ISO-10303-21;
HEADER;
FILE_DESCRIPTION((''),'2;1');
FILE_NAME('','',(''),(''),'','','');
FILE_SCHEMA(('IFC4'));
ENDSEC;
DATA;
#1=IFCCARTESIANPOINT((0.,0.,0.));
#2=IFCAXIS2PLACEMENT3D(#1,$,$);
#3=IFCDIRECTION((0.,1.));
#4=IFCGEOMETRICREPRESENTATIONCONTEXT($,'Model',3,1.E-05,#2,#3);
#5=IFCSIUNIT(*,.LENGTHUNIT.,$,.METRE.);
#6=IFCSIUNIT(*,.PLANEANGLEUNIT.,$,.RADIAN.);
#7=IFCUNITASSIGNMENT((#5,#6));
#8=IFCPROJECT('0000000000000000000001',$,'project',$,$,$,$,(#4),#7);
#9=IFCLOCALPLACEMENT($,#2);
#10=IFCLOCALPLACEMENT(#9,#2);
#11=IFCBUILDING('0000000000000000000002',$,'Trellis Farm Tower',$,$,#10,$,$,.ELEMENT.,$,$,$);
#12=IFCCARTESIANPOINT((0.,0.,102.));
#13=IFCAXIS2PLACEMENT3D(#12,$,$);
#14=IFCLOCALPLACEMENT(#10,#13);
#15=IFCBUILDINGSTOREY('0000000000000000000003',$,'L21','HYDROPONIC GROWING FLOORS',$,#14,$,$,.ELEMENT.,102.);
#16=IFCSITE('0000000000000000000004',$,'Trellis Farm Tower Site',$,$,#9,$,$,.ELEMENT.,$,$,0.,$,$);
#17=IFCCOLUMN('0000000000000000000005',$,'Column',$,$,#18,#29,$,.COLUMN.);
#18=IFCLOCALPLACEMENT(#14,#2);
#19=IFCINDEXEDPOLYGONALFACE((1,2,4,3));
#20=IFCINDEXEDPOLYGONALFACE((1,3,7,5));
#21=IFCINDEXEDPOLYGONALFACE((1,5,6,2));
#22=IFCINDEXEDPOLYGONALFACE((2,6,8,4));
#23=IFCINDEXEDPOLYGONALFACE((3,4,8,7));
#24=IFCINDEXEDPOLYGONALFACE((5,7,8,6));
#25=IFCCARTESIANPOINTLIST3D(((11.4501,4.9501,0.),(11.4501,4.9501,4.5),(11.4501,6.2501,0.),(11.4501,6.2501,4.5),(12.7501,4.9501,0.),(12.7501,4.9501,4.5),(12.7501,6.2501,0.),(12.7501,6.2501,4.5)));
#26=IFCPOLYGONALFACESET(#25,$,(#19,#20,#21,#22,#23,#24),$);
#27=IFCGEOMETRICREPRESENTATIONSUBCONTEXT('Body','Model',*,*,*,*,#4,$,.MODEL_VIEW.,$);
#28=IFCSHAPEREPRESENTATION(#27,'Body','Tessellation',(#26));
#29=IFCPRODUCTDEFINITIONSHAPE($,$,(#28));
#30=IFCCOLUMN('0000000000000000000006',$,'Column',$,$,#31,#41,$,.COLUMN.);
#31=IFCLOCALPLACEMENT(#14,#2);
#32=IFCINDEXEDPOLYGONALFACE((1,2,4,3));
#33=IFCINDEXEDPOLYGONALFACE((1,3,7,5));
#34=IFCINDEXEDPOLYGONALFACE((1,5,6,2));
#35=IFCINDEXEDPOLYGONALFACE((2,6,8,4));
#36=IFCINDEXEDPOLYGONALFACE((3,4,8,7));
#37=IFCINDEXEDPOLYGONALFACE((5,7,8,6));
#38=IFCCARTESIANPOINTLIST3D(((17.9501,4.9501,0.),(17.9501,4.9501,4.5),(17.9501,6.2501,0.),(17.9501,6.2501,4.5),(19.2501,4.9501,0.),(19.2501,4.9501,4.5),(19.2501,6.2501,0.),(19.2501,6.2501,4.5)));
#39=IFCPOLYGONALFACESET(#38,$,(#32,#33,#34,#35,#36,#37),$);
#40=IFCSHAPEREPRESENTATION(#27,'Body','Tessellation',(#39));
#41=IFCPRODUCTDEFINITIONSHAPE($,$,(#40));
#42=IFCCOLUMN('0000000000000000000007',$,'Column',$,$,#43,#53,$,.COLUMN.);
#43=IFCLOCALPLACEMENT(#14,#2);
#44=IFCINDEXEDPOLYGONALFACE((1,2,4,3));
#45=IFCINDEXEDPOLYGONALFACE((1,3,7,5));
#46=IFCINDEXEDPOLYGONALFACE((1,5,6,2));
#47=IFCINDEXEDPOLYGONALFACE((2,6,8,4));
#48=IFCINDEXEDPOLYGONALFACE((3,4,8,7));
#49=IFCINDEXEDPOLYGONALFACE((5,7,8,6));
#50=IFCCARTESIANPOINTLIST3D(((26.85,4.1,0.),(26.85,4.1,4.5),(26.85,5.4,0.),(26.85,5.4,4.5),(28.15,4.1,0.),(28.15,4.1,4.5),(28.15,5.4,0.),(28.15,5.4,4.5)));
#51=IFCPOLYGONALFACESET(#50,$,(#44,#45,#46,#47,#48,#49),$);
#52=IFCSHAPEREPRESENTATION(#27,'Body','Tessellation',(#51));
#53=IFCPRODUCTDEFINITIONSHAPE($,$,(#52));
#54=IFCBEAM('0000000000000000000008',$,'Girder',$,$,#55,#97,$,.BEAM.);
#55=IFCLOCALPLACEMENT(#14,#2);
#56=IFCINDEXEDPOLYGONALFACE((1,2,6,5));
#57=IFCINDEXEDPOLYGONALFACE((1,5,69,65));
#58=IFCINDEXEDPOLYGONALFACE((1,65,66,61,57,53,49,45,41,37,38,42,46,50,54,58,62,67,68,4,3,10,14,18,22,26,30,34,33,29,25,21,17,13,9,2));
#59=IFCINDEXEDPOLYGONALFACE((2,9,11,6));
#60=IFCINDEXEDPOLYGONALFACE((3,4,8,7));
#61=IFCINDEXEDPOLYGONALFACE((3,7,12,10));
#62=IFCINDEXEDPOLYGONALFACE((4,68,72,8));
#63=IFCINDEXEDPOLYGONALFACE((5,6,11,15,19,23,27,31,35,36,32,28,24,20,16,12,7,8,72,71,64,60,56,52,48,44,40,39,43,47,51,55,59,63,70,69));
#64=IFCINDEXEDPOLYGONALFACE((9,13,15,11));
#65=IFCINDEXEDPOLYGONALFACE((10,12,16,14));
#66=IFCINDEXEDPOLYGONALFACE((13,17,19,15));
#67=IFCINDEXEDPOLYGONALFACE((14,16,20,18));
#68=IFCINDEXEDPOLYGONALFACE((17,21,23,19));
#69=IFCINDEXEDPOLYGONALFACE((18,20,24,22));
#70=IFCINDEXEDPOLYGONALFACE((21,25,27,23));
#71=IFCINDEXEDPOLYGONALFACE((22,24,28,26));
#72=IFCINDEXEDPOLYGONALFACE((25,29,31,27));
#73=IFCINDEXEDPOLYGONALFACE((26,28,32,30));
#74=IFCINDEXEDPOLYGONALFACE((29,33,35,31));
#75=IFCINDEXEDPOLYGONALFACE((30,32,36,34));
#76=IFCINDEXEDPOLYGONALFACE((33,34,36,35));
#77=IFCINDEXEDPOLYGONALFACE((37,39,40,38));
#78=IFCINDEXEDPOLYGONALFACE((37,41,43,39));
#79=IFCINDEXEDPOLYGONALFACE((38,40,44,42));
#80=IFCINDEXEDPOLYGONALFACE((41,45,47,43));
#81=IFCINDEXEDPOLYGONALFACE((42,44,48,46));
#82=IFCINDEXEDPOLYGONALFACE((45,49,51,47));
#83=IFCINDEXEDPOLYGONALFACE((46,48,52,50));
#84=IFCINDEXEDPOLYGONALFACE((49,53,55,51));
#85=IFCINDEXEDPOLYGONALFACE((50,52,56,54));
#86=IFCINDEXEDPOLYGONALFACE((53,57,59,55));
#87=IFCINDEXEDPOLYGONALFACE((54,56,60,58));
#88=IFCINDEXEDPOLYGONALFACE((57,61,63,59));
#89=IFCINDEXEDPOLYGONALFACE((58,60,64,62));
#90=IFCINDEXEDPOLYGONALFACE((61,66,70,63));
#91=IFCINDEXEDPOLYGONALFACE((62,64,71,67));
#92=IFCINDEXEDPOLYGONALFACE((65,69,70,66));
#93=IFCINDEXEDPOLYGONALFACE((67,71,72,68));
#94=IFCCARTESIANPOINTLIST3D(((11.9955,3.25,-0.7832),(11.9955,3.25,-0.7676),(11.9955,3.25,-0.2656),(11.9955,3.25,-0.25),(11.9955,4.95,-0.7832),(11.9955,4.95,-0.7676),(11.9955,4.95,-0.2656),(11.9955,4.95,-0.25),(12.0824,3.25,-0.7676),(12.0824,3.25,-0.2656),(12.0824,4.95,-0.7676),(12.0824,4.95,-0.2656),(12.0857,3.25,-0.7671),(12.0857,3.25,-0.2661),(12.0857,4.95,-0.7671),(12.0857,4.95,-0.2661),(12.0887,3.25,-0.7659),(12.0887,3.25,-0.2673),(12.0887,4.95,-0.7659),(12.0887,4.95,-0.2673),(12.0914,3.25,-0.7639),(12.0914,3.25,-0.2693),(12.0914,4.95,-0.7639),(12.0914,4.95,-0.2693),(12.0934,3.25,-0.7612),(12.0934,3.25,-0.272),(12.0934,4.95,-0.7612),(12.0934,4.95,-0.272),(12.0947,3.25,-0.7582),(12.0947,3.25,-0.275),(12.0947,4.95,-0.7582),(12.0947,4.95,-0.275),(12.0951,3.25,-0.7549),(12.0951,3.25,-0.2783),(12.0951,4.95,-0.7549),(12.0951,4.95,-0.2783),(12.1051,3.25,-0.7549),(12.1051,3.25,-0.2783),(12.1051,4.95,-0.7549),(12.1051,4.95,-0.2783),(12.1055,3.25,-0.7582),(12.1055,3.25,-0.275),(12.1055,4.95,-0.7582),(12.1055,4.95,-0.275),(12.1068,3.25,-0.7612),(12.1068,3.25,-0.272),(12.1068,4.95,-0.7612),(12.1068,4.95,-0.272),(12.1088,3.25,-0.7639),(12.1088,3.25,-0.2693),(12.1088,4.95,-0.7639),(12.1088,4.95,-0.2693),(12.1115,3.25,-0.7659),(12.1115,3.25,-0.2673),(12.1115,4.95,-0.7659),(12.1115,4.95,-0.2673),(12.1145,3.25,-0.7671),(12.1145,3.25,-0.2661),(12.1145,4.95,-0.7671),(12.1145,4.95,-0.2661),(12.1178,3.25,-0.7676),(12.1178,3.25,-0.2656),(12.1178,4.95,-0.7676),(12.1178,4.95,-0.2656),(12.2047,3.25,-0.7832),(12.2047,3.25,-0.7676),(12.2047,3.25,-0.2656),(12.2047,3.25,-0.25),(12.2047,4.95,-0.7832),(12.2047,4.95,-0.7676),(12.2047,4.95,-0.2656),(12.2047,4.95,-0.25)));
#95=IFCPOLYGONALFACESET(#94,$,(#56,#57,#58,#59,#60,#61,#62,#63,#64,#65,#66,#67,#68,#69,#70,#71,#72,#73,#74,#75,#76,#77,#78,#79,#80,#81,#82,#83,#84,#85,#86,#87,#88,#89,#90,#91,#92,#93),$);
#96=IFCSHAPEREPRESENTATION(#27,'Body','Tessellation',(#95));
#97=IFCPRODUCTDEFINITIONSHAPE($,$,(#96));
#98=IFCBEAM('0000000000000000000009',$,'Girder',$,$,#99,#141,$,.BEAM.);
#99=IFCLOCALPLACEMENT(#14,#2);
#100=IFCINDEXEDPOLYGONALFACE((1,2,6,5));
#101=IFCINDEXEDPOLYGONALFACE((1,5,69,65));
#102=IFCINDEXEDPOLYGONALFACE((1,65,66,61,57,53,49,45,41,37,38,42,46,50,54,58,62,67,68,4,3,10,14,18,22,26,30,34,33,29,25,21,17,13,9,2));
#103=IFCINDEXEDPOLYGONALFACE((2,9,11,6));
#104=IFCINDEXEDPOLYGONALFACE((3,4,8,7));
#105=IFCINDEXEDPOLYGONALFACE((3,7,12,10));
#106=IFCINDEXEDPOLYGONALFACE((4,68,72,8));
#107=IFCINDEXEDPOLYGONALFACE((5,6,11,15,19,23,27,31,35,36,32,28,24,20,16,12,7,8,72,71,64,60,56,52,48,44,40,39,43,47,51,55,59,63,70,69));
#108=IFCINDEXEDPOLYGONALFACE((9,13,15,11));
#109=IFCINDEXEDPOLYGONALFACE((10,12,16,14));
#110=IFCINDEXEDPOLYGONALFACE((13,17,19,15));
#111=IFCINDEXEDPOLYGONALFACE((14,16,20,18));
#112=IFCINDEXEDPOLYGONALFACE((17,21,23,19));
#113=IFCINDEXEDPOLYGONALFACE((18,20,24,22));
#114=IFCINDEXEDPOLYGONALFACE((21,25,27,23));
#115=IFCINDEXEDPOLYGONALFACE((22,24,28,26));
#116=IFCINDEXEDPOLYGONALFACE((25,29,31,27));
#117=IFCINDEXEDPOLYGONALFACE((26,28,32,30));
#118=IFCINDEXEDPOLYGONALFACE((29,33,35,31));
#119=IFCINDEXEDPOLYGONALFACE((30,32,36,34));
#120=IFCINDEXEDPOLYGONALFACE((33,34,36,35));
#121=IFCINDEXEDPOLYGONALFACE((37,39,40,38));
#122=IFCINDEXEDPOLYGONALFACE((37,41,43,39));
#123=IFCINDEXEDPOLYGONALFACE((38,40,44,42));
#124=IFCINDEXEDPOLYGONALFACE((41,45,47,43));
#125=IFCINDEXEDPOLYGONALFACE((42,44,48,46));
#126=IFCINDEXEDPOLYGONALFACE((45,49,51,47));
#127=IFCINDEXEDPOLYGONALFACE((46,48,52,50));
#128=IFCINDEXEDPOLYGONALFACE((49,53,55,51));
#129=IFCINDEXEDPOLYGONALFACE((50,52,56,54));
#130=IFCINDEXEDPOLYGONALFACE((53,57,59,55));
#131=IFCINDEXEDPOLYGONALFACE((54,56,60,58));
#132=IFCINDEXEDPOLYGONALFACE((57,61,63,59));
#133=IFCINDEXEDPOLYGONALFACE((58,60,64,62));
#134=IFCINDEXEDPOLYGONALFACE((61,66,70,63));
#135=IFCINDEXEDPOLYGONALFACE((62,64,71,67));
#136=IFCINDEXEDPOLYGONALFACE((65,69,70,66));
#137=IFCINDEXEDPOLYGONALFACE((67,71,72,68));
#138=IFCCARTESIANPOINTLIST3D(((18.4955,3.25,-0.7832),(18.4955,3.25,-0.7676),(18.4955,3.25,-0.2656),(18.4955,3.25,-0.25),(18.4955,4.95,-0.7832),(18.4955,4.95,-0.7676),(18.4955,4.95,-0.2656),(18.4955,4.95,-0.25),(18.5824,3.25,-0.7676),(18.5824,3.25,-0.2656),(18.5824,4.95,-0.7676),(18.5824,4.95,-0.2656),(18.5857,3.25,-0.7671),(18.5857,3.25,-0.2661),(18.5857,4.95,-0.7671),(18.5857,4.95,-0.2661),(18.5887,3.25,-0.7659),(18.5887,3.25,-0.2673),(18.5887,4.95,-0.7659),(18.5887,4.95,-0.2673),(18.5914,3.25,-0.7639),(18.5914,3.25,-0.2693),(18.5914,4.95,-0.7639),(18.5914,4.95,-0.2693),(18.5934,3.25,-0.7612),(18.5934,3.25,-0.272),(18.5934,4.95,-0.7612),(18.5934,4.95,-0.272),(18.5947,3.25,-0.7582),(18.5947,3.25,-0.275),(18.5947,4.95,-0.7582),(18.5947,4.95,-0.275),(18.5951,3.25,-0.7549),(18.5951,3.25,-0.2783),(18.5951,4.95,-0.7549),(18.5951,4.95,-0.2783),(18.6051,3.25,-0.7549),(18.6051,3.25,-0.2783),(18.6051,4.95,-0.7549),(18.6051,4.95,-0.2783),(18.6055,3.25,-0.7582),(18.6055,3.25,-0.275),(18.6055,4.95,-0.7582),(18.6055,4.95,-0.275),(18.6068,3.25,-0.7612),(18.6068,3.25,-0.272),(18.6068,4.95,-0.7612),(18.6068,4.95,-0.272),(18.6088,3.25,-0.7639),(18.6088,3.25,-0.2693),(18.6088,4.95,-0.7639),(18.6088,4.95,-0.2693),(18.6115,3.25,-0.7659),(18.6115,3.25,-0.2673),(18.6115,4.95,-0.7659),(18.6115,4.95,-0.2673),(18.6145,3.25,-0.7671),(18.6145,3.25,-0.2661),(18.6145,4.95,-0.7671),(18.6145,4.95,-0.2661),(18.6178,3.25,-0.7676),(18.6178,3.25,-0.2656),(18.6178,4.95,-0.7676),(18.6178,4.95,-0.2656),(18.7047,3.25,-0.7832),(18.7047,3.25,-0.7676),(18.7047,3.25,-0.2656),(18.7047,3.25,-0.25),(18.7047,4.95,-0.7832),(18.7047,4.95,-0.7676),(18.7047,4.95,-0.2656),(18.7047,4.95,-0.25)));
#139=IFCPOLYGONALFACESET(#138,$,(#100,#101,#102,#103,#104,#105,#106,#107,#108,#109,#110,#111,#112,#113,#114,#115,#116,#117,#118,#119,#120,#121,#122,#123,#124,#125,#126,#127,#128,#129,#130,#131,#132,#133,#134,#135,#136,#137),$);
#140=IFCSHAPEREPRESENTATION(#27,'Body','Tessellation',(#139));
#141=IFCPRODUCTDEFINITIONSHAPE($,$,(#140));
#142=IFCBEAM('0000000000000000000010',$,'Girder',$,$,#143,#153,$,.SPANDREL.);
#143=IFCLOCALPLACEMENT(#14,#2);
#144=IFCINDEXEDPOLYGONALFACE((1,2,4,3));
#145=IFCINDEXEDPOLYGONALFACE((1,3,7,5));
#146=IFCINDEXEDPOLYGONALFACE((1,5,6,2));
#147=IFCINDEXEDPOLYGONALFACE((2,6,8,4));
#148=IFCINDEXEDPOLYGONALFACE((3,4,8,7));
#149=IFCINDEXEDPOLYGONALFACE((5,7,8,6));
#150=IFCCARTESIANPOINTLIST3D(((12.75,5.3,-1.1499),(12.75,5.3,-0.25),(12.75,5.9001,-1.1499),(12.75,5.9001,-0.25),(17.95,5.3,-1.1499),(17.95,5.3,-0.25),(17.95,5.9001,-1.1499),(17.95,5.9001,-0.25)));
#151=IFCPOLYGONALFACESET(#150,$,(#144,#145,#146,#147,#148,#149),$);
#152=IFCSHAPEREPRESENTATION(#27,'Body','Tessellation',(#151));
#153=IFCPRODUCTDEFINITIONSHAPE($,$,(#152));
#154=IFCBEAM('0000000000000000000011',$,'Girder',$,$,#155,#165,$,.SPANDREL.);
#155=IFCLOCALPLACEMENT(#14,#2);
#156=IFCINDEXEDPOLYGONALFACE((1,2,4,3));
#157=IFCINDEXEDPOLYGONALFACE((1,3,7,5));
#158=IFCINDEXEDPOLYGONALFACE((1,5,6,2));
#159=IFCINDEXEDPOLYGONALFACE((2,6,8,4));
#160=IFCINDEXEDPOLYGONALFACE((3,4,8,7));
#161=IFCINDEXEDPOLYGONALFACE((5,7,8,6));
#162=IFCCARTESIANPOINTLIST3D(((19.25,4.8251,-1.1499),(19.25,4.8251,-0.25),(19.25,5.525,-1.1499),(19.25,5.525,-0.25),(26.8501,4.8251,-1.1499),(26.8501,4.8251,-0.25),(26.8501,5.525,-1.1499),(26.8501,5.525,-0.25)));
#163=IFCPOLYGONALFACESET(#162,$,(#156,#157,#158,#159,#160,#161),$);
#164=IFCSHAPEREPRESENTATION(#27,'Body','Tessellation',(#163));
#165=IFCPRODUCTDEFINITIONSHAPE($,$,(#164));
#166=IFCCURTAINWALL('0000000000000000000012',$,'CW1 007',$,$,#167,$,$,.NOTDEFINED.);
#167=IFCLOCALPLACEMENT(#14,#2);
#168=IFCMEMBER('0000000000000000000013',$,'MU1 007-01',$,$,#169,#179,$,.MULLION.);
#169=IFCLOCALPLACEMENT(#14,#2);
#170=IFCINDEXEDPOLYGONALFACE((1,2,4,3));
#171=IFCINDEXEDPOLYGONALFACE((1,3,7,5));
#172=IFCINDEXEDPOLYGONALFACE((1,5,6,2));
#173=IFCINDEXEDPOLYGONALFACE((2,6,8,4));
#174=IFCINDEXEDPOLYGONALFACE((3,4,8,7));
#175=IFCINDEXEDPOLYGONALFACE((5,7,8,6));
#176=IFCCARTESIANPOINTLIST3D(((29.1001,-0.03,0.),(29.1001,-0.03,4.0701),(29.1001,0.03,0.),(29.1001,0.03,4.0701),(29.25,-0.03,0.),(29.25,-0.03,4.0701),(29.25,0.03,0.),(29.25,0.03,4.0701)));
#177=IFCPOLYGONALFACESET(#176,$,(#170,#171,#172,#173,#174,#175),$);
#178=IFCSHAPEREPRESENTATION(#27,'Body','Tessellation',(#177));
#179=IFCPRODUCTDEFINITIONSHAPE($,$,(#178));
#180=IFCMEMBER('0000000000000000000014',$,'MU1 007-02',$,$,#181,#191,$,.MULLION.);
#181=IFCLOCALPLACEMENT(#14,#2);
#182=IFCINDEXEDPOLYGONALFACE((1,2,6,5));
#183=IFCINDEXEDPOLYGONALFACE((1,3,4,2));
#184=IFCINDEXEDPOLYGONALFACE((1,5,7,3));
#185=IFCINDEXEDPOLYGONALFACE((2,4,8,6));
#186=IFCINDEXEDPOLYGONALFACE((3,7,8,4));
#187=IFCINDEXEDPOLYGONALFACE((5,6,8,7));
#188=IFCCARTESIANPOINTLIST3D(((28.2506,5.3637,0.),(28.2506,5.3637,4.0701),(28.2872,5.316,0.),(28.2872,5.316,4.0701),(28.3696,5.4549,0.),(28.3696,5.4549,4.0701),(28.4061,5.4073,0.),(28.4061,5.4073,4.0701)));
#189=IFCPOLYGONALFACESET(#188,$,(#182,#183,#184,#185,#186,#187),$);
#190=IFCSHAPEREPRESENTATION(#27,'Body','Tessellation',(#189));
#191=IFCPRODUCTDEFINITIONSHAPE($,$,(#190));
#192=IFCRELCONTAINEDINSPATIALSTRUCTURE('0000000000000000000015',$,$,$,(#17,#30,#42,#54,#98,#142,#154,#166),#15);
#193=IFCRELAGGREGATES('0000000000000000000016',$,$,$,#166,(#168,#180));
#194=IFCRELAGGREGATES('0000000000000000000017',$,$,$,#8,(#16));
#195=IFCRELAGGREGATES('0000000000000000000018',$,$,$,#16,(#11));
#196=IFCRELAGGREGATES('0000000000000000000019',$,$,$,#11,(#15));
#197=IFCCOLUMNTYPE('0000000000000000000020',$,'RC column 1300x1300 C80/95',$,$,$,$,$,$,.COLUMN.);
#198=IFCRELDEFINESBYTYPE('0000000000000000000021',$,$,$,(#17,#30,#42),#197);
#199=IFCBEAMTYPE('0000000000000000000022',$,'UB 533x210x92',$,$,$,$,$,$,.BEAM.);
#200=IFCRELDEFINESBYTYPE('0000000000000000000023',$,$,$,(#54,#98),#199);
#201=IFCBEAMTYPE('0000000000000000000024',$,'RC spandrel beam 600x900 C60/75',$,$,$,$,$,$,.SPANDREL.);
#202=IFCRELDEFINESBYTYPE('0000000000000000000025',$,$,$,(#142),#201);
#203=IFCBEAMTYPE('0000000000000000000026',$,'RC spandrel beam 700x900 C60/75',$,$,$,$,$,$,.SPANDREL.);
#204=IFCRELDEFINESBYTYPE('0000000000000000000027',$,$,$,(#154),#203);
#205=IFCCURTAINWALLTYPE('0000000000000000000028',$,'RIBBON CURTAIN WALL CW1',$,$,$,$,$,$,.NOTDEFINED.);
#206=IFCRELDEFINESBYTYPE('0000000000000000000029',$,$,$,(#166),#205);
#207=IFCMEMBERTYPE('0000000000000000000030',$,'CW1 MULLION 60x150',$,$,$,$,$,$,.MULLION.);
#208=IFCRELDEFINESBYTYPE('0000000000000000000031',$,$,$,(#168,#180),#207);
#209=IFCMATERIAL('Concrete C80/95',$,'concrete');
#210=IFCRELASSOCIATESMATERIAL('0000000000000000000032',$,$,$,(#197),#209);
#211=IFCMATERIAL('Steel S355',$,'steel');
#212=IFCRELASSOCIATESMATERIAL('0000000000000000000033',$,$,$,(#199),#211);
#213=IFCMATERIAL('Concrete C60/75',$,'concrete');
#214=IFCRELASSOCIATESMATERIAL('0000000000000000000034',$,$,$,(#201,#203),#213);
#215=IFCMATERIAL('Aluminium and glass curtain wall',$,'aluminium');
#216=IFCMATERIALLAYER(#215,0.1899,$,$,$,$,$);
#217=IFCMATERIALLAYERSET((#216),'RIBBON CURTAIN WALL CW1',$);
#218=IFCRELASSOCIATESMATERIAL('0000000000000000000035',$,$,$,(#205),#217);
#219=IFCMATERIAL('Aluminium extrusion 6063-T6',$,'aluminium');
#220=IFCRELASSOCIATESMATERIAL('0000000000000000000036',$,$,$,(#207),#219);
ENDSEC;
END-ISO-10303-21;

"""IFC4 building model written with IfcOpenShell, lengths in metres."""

from ifc_helpers import new_model, si_unit, direction, frame, origin, origin_2d, place, context, subcontext, project, spatial, rectangle, i_section, extrude, source, transform, mapped, material, layer, layer_set, material_profile, profile_set, type_object, element, aggregate, save


model = new_model("IFC4")

# Units and contexts
model_context = context("Model", 3, precision=1e-05, world=origin(), true_north=direction((0.0, 1.0)))
body_context = subcontext(model_context, "Body", "Model", "MODEL_VIEW")
ifc_project = project(units=[si_unit("LENGTHUNIT", "METRE"), si_unit("PLANEANGLEUNIT", "RADIAN")], contexts=[model_context])

# Site, building, storey
site_placement = place(None, origin())
site = spatial("IfcSite", under=ifc_project, at=site_placement, Name="Trellis Farm Tower Site", CompositionType="ELEMENT", RefElevation=0.0)
building_placement = place(site_placement, origin())
building = spatial("IfcBuilding", under=site, at=building_placement, Name="Trellis Farm Tower", CompositionType="ELEMENT")
storey_placement = place(building_placement, frame((0.0, 0.0, 102.0)))
storey = spatial("IfcBuildingStorey", under=building, at=storey_placement, Name="L21", Description="HYDROPONIC GROWING FLOORS", CompositionType="ELEMENT", Elevation=102.0)

# Columns
ifc_material_1 = material(Name="Concrete C80/95", Category="concrete")
ifc_material_profile_1 = material_profile(ifc_material_1, rectangle(XDim=1.3, YDim=1.3, at=origin_2d()), Name="RC column 1300x1300 C80/95")
ifc_profile_set_1 = profile_set([ifc_material_profile_1], Name="Concrete C80/95")
column_type = type_object("IfcColumnType", Name="RC column 1300x1300 C80/95", PredefinedType="COLUMN", material=ifc_profile_set_1)
shared_shape_1 = source(origin(), body_context, "Body", "SweptSolid", [
    extrude(rectangle(XDim=1.3, YDim=1.3, at=origin_2d()), origin(), (0.0, 0.0, 1.0), 4.5),
])
for number, where, z_axis, x_axis, name in (
    (1, (12.1001, 5.6001, 0.0), (0.0, 0.0, 1.0), (1.0, 0.0, 0.0), "Column"),
    (2, (18.6001, 5.6001, 0.0), (0.0, 0.0, 1.0), (1.0, 0.0, 0.0), "Column"),
    (3, (27.5, 4.75, 0.0), (0.0, 0.0, 1.0), (1.0, 0.0, 0.0), "Column"),
):
    element("IfcColumn", number, at=place(storey_placement, frame(where, z_axis=z_axis, x_axis=x_axis)), inside=storey, type_object=column_type, Name=name, PredefinedType="COLUMN", context=body_context, shape_type="MappedRepresentation", body=[
        mapped(shared_shape_1, transform((0.0, 0.0, 0.0))),
    ])

# Beams
ifc_material_2 = material(Name="Steel S355", Category="steel")
ifc_material_profile_2 = material_profile(ifc_material_2, i_section(OverallWidth=0.2092, OverallDepth=0.5332, WebThickness=0.01, FlangeThickness=0.0156, FilletRadius=0.0127, at=origin_2d()), Name="UB 533x210x92")
ifc_profile_set_2 = profile_set([ifc_material_profile_2], Name="Steel S355")
beam_type_1 = type_object("IfcBeamType", Name="UB 533x210x92", PredefinedType="BEAM", material=ifc_profile_set_2)
shared_shape_2 = source(origin(), body_context, "Body", "SweptSolid", [
    extrude(i_section(OverallWidth=0.2092, OverallDepth=0.5332, WebThickness=0.01, FlangeThickness=0.0156, FilletRadius=0.0127, at=origin_2d()), origin(), (0.0, 0.0, 1.0), 1.7),
])
for number, where, z_axis, x_axis, name in (
    (4, (12.1001, 3.25, -0.5166), (0.0, 1.0, 0.0), (-1.0, 0.0, 0.0), "Girder"),
    (5, (18.6001, 3.25, -0.5166), (0.0, 1.0, 0.0), (-1.0, 0.0, 0.0), "Girder"),
):
    element("IfcBeam", number, at=place(storey_placement, frame(where, z_axis=z_axis, x_axis=x_axis)), inside=storey, type_object=beam_type_1, Name=name, PredefinedType="BEAM", context=body_context, shape_type="MappedRepresentation", body=[
        mapped(shared_shape_2, transform((0.0, 0.0, 0.0))),
    ])
ifc_material_3 = material(Name="Concrete C60/75", Category="concrete")
ifc_material_profile_3 = material_profile(ifc_material_3, rectangle(XDim=0.6001, YDim=0.8999, at=origin_2d()), Name="RC spandrel beam 600x900 C60/75")
ifc_profile_set_3 = profile_set([ifc_material_profile_3], Name="Concrete C60/75")
beam_type_2 = type_object("IfcBeamType", Name="RC spandrel beam 600x900 C60/75", PredefinedType="SPANDREL", material=ifc_profile_set_3)
shared_shape_3 = source(origin(), body_context, "Body", "SweptSolid", [
    extrude(rectangle(XDim=0.6001, YDim=0.8999, at=origin_2d()), origin(), (0.0, 0.0, 1.0), 5.2),
])
beam_1_placement = place(storey_placement, frame((12.75, 5.6001, -0.7), z_axis=(1.0, 0.0, 0.0), x_axis=(0.0, 1.0, 0.0)))
element("IfcBeam", 6, at=beam_1_placement, inside=storey, type_object=beam_type_2, Name="Girder", PredefinedType="SPANDREL", context=body_context, shape_type="MappedRepresentation", body=[
    mapped(shared_shape_3, transform((0.0, 0.0, 0.0))),
])
ifc_material_profile_4 = material_profile(ifc_material_3, rectangle(XDim=0.7, YDim=0.8999, at=origin_2d()), Name="RC spandrel beam 700x900 C60/75")
ifc_profile_set_4 = profile_set([ifc_material_profile_4], Name="Concrete C60/75")
beam_type_3 = type_object("IfcBeamType", Name="RC spandrel beam 700x900 C60/75", PredefinedType="SPANDREL", material=ifc_profile_set_4)
shared_shape_4 = source(origin(), body_context, "Body", "SweptSolid", [
    extrude(rectangle(XDim=0.7, YDim=0.8999, at=origin_2d()), origin(), (0.0, 0.0, 1.0), 7.6001),
])
beam_2_placement = place(storey_placement, frame((19.25, 5.175, -0.7), z_axis=(1.0, 0.0, 0.0), x_axis=(0.0, 1.0, 0.0)))
element("IfcBeam", 7, at=beam_2_placement, inside=storey, type_object=beam_type_3, Name="Girder", PredefinedType="SPANDREL", context=body_context, shape_type="MappedRepresentation", body=[
    mapped(shared_shape_4, transform((0.0, 0.0, 0.0))),
])

# Curtain wall, members
ifc_material_4 = material(Name="Aluminium and glass curtain wall", Category="aluminium")
ifc_layer_1 = layer(ifc_material_4, 0.1899)
ifc_layer_set_1 = layer_set([ifc_layer_1], Name="RIBBON CURTAIN WALL CW1")
curtain_wall_type = type_object("IfcCurtainWallType", Name="RIBBON CURTAIN WALL CW1", PredefinedType="NOTDEFINED", material=ifc_layer_set_1)
placement = place(storey_placement, origin())
curtain_wall_1 = element("IfcCurtainWall", 8, at=placement, inside=storey, type_object=curtain_wall_type, Name="CW1 007", PredefinedType="NOTDEFINED")
ifc_material_5 = material(Name="Aluminium extrusion 6063-T6", Category="aluminium")
ifc_material_profile_5 = material_profile(ifc_material_5, rectangle(XDim=0.0601, YDim=0.1499, at=origin_2d()), Name="MULLION 60x150")
ifc_profile_set_5 = profile_set([ifc_material_profile_5], Name="Aluminium extrusion 6063-T6")
member_type = type_object("IfcMemberType", Name="CW1 MULLION 60x150", PredefinedType="MULLION", material=ifc_profile_set_5)
shared_shape_5 = source(origin(), body_context, "Body", "SweptSolid", [
    extrude(rectangle(XDim=0.0601, YDim=0.1499, at=origin_2d()), origin(), (0.0, 0.0, 1.0), 4.0701),
])
member_1_placement = place(storey_placement, frame((29.175, 0.0, 0.0), z_axis=(0.0, 0.0, 1.0), x_axis=(0.0, 1.0, 0.0)))
member_1 = element("IfcMember", 9, at=member_1_placement, type_object=member_type, Name="MU1 007-01", PredefinedType="MULLION", context=body_context, shape_type="MappedRepresentation", body=[
    mapped(shared_shape_5, transform((0.0, 0.0, 0.0))),
])
member_2_placement = place(storey_placement, frame((28.3284, 5.3855, 0.0), z_axis=(0.0, 0.0, 1.0), x_axis=(-0.608761, 0.793353, 0.0)))
member_2 = element("IfcMember", 10, at=member_2_placement, type_object=member_type, Name="MU1 007-02", PredefinedType="MULLION", context=body_context, shape_type="MappedRepresentation", body=[
    mapped(shared_shape_5, transform((0.0, 0.0, 0.0))),
])
aggregate(curtain_wall_1, [member_1, member_2])

save(model, "model.ifc")
